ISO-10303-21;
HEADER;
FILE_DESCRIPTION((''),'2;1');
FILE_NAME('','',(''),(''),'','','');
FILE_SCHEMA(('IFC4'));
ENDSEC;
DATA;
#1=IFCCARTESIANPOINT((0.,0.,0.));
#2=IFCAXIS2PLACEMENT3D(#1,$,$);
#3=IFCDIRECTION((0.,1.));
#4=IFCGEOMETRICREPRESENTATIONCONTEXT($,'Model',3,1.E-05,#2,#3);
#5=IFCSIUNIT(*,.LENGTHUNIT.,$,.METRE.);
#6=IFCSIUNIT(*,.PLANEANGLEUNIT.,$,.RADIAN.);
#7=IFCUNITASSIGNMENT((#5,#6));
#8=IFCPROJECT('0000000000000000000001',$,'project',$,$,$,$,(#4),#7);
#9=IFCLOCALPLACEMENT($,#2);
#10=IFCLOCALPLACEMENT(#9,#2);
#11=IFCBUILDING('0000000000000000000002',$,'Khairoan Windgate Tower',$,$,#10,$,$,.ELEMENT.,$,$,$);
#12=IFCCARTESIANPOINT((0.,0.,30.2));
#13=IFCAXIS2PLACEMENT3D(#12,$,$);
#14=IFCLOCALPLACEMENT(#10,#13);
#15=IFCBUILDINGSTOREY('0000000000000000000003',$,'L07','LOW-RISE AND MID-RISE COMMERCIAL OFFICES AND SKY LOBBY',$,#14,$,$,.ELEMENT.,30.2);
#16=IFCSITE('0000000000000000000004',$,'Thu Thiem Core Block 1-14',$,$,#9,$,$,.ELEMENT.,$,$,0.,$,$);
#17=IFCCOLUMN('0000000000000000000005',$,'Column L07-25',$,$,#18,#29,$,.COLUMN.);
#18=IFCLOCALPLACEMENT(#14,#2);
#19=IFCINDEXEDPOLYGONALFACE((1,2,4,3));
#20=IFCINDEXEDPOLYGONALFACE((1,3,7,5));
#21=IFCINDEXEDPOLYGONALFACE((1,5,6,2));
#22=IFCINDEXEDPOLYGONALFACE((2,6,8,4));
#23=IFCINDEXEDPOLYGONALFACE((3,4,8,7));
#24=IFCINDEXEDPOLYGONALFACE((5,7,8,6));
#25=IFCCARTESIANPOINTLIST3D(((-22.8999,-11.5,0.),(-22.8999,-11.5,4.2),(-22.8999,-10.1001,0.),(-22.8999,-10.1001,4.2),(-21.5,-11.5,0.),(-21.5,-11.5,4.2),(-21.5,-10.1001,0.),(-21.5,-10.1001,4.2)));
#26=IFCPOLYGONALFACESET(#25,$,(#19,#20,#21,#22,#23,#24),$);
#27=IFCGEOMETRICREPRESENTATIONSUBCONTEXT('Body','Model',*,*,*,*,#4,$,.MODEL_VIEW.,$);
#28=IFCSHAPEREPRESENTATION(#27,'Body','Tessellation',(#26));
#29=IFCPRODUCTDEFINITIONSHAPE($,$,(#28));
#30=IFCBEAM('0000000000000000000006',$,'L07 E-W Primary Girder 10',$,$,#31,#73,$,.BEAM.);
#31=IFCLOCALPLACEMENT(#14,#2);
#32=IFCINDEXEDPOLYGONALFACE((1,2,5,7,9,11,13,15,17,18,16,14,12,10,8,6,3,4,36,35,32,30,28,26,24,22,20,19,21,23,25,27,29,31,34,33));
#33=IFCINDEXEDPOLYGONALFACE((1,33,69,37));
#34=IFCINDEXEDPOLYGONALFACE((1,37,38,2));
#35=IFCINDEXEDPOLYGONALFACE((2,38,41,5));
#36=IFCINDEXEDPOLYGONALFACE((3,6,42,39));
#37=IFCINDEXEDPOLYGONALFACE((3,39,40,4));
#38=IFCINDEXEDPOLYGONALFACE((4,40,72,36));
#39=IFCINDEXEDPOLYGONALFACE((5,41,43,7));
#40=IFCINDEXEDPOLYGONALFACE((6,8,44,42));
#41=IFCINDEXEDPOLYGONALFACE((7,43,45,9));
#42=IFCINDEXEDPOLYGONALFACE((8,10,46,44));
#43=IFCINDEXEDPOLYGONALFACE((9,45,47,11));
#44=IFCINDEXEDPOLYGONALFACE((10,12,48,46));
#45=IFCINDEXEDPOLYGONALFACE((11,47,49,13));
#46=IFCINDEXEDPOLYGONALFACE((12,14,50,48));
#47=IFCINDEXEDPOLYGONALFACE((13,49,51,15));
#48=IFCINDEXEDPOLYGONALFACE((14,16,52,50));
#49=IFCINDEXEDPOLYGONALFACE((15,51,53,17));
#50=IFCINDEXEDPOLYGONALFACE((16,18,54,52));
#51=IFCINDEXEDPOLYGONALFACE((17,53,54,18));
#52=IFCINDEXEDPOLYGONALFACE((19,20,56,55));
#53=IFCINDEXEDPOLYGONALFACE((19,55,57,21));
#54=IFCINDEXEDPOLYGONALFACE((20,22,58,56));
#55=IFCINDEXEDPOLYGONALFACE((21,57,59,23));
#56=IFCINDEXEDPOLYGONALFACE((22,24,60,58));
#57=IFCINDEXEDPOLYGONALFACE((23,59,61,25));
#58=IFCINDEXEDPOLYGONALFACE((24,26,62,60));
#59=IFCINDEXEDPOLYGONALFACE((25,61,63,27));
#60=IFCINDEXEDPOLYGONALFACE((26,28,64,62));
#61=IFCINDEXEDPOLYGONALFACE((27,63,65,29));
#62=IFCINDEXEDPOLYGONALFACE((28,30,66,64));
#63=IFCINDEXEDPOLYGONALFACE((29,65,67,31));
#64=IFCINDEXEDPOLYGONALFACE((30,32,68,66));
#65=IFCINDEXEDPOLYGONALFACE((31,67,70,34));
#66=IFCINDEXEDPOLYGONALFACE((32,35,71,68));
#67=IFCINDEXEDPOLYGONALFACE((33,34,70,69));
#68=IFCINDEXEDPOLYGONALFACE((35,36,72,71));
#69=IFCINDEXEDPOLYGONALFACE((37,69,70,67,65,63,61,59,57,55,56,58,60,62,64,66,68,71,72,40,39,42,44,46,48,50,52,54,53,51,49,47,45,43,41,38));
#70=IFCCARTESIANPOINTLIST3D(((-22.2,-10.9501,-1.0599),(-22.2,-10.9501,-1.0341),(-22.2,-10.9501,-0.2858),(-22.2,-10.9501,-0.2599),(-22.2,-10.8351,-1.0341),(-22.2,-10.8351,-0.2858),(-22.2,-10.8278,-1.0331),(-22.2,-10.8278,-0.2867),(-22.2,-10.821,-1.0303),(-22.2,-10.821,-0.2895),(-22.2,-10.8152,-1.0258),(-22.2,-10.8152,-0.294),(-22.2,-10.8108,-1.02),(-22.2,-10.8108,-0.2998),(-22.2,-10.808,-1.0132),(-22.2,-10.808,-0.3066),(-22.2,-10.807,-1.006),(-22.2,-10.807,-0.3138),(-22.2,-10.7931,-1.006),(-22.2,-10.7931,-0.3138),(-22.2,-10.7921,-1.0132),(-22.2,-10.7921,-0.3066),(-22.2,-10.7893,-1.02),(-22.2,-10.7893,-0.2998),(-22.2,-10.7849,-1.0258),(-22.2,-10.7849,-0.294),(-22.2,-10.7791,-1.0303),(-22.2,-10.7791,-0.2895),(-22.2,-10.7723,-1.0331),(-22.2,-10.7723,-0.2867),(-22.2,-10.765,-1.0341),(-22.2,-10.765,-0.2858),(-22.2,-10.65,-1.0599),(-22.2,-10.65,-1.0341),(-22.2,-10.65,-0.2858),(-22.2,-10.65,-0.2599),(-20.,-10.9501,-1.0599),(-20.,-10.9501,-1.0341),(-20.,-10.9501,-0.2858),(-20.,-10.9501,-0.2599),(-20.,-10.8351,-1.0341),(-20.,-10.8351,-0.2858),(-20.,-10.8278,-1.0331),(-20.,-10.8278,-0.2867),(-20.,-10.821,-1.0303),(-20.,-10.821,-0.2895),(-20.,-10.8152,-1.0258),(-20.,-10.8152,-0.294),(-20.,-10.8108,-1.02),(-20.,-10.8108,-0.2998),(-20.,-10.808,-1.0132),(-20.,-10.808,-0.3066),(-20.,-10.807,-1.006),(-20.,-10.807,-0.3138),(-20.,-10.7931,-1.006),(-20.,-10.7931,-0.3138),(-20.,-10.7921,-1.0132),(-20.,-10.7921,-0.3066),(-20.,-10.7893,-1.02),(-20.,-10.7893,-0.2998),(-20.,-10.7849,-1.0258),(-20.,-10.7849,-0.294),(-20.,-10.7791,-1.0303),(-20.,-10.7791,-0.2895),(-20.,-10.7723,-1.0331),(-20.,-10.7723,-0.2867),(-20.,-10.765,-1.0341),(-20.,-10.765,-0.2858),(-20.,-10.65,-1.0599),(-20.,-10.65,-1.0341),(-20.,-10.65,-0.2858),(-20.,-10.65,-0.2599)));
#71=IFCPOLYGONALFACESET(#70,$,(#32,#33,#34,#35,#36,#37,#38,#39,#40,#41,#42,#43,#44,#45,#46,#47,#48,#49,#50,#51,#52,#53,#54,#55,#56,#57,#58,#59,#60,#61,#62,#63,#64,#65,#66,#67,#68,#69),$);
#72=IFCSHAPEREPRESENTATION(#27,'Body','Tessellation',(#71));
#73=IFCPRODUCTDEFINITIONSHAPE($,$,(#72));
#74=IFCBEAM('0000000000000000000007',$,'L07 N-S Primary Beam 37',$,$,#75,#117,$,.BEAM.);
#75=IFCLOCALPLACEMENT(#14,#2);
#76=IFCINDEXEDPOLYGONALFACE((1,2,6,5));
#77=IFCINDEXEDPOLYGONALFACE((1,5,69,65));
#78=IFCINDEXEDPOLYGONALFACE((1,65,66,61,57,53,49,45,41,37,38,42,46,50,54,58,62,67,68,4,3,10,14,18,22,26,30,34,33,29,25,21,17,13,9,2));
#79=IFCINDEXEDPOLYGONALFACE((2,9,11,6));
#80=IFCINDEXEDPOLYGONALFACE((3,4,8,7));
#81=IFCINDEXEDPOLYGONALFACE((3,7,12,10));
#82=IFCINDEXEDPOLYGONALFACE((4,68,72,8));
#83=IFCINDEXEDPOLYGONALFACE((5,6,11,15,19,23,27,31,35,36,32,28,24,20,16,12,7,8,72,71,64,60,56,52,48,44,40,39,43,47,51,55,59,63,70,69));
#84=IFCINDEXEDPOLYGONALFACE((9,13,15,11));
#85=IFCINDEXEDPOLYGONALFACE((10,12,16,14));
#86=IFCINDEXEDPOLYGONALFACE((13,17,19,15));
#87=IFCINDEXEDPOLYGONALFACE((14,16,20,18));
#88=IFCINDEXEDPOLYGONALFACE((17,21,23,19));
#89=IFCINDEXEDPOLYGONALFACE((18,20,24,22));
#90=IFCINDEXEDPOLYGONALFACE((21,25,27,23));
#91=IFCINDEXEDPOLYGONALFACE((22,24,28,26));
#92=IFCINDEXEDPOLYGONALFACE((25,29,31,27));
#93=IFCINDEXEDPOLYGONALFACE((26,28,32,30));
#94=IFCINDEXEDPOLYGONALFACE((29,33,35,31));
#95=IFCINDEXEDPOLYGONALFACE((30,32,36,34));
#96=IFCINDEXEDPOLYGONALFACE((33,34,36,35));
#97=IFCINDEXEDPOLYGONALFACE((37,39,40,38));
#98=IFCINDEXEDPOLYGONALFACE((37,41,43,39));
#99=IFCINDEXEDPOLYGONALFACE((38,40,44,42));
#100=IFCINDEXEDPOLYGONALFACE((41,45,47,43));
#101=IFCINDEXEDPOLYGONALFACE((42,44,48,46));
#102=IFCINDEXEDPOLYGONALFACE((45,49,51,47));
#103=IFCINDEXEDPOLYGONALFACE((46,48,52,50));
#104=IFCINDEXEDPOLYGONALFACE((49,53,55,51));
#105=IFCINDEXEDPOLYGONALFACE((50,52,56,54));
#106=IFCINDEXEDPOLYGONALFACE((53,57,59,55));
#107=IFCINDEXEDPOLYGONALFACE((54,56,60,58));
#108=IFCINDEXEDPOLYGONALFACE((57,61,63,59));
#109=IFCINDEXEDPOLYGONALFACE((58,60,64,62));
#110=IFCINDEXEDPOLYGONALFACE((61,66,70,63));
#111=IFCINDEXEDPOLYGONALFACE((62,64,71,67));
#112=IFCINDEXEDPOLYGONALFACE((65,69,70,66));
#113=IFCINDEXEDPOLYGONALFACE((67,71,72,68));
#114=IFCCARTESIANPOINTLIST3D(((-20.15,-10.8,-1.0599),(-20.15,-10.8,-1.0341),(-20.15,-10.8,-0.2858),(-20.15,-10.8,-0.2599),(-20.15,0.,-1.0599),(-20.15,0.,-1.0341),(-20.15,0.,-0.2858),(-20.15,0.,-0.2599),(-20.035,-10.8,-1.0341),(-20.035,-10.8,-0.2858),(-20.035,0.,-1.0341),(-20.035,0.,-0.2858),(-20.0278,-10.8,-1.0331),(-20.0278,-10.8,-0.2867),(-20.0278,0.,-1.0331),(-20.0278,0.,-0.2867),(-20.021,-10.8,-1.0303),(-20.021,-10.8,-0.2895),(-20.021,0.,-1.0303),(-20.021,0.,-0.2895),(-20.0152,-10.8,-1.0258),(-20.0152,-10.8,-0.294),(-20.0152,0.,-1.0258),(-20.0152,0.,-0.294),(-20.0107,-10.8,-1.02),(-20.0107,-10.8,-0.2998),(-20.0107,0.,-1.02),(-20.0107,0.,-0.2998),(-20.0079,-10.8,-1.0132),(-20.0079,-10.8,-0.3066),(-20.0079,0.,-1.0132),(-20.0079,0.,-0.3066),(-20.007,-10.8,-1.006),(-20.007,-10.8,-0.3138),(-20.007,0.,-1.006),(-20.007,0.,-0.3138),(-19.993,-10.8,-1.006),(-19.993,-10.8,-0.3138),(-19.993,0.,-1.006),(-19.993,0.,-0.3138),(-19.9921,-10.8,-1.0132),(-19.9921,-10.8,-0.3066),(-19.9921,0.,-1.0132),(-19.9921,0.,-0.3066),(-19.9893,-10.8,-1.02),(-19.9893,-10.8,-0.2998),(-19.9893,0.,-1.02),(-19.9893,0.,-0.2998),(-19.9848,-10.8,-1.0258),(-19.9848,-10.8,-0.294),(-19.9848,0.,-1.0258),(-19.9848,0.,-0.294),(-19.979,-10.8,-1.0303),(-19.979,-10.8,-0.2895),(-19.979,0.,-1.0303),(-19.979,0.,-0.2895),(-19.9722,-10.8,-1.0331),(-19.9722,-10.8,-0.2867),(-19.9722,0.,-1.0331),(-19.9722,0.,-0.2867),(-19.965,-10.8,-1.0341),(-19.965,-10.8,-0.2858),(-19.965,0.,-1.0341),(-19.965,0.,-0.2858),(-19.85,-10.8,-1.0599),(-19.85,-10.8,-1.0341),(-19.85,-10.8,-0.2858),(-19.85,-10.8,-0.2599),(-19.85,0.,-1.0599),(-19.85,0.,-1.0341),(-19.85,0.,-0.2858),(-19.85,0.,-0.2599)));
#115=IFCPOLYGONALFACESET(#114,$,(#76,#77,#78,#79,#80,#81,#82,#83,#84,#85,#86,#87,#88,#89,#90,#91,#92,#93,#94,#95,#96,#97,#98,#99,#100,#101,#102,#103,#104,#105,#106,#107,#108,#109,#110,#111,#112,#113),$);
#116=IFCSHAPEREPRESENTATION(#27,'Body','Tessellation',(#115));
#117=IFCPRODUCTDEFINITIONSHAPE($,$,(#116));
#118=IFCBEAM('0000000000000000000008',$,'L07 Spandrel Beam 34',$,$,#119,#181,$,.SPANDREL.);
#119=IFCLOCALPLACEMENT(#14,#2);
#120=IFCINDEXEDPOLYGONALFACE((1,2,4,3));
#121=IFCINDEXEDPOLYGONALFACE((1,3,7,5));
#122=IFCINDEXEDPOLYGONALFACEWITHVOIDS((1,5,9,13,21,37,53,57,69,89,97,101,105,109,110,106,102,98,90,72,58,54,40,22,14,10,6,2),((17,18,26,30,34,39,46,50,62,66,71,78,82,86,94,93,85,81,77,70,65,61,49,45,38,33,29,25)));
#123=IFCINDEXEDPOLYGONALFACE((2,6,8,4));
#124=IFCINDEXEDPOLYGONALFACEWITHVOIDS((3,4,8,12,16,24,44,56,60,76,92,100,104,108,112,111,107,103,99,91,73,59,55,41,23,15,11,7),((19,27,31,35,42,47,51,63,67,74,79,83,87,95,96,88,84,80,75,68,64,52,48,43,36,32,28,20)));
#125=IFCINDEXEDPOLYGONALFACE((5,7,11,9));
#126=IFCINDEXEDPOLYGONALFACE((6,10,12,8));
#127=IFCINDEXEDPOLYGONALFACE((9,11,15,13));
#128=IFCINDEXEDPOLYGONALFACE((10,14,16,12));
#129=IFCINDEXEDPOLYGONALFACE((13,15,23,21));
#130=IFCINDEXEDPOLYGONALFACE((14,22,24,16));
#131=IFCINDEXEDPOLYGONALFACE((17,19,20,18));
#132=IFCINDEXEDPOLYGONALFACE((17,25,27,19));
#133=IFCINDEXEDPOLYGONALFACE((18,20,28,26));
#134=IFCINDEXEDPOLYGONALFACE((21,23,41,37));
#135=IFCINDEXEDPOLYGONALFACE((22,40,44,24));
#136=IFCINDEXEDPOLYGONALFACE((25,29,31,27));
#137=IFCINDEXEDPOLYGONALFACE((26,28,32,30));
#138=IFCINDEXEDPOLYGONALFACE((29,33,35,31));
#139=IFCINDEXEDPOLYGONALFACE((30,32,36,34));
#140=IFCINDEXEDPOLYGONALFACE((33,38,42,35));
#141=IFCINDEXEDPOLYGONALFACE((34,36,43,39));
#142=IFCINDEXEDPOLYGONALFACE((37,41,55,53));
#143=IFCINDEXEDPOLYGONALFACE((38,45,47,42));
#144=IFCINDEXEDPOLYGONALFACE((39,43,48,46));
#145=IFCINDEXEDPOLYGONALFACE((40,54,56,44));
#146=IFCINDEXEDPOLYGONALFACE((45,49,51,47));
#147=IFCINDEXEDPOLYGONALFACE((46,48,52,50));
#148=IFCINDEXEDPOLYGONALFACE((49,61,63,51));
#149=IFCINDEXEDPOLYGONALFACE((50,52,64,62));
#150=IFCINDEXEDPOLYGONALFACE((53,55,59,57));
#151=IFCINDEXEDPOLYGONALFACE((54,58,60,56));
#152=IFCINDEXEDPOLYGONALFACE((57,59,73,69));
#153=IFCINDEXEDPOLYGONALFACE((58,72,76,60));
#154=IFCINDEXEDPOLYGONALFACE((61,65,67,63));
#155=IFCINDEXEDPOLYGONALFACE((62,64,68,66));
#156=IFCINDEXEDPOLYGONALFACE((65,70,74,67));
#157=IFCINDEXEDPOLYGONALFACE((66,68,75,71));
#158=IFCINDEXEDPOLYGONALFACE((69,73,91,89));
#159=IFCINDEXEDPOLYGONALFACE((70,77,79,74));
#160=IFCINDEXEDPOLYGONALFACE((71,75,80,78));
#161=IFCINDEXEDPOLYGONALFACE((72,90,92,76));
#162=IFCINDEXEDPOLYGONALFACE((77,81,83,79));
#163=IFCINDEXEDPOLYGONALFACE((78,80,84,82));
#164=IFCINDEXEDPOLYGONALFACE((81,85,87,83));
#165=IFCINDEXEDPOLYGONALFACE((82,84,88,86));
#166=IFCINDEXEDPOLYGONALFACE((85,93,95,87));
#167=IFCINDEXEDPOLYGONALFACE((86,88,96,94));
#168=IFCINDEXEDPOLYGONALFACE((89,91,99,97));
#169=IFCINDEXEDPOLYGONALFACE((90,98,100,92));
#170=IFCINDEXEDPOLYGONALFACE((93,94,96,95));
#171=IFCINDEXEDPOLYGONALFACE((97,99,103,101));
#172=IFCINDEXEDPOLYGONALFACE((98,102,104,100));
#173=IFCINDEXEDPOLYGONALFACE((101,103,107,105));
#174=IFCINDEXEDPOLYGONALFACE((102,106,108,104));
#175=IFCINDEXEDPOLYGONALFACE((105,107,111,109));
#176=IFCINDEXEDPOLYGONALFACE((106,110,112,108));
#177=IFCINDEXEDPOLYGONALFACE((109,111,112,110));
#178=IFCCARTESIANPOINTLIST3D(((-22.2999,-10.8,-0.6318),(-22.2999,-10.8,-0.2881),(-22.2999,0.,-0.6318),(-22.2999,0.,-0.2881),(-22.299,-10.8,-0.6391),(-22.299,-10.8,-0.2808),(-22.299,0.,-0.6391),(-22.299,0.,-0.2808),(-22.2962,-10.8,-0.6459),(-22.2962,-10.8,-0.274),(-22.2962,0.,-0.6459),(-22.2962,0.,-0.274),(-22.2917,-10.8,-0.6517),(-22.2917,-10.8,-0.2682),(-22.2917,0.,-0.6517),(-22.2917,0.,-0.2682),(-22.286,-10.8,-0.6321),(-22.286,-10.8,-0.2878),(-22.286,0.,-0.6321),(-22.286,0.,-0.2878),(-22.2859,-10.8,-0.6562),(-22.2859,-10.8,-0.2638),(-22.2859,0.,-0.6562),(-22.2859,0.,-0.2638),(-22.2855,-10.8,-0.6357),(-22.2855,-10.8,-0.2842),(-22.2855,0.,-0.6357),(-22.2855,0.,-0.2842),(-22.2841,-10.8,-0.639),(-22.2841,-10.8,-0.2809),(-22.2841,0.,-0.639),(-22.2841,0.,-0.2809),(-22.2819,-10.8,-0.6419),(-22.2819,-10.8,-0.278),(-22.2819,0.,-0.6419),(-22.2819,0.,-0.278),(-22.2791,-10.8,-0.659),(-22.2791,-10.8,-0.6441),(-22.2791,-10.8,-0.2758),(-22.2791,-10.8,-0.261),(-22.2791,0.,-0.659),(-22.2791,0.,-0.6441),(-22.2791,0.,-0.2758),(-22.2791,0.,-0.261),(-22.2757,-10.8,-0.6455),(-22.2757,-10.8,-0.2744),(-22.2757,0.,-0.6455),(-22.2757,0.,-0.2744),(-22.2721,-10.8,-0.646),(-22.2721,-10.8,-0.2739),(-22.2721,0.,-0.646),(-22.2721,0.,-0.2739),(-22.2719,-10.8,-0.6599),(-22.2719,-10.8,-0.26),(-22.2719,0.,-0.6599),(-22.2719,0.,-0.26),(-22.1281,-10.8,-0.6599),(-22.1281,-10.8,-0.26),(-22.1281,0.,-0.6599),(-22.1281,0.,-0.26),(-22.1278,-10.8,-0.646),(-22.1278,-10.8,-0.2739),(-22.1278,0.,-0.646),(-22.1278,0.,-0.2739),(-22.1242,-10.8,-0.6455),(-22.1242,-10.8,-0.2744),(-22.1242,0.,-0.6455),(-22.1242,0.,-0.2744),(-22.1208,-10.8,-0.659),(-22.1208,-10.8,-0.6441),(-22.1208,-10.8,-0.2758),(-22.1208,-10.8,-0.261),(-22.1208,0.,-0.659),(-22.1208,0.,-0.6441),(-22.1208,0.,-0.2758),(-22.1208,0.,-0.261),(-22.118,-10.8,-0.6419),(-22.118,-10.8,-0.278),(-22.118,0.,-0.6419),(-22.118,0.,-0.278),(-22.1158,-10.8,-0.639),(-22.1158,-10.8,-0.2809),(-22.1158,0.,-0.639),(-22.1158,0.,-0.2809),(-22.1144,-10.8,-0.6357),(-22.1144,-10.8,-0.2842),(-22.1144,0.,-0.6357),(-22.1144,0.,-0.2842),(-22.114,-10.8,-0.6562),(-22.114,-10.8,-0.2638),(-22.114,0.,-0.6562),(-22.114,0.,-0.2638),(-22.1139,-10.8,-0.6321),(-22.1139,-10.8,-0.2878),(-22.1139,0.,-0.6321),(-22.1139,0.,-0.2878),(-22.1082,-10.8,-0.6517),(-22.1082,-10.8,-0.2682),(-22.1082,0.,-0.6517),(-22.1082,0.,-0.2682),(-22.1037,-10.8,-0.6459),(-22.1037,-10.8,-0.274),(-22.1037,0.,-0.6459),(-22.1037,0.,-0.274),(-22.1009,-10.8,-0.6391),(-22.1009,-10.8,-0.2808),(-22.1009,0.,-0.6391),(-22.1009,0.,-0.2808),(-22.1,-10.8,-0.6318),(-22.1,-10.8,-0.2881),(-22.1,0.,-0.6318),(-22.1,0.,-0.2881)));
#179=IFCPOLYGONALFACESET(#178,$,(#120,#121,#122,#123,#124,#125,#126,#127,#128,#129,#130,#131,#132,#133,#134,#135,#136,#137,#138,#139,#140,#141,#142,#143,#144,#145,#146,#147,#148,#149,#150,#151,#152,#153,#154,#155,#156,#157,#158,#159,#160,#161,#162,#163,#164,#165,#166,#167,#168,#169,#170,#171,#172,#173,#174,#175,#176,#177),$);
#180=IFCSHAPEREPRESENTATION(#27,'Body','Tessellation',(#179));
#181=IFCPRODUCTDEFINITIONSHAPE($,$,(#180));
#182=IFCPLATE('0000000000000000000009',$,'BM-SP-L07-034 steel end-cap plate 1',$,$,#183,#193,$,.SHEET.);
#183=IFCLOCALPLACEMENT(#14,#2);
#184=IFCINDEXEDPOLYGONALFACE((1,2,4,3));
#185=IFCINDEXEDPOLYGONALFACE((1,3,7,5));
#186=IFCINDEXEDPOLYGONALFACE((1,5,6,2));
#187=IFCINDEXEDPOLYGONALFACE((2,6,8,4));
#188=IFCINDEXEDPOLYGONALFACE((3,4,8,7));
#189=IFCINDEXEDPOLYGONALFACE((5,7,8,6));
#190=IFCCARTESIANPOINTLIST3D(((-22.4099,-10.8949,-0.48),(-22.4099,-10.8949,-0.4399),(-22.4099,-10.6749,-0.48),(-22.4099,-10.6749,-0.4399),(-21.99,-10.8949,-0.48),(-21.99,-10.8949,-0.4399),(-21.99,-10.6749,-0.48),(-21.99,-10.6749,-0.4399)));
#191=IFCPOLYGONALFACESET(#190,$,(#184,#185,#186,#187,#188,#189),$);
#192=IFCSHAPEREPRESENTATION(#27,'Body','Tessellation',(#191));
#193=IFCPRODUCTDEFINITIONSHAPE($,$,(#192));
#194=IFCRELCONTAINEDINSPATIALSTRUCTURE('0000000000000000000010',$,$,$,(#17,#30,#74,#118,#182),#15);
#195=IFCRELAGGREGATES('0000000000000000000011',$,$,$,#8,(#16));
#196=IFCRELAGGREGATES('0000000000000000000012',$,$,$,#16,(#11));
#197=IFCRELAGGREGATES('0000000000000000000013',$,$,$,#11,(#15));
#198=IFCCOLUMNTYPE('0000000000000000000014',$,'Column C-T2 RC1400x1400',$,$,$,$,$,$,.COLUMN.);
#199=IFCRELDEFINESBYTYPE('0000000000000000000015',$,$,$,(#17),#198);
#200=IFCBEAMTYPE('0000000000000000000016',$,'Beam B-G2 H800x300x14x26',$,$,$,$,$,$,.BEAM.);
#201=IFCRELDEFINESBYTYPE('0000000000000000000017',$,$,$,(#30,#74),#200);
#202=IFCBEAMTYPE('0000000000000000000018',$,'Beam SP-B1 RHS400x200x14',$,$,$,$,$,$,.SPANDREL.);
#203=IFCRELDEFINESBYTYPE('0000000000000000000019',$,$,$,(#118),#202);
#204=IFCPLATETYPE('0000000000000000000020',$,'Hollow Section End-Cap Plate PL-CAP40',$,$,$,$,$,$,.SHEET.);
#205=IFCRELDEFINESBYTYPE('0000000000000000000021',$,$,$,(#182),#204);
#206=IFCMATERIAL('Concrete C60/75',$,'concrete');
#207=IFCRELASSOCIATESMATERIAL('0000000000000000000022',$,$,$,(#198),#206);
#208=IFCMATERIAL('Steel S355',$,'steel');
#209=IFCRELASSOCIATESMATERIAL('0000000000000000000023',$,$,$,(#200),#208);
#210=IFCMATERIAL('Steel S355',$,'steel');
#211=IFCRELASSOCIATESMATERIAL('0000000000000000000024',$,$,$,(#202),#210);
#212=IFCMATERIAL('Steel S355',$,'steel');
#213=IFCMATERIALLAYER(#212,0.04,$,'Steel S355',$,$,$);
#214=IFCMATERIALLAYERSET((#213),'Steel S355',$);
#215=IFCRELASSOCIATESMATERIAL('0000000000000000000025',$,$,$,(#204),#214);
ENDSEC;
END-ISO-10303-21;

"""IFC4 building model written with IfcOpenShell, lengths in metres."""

from ifc_helpers import new_model, si_unit, direction, frame, origin, origin_2d, place, context, subcontext, project, spatial, rectangle, hollow_rectangle, i_section, extrude, material, layer, layer_set, material_profile, profile_set, type_object, element, save


model = new_model("IFC4")

# Units and contexts
model_context = context("Model", 3, precision=1e-05, world=origin(), true_north=direction((0.0, 1.0)))
body_context = subcontext(model_context, "Body", "Model", "MODEL_VIEW")
ifc_project = project(units=[si_unit("LENGTHUNIT", "METRE"), si_unit("PLANEANGLEUNIT", "RADIAN")], contexts=[model_context])

# Site, building, storey
site_placement = place(None, origin())
site = spatial("IfcSite", under=ifc_project, at=site_placement, Name="Thu Thiem Core Block 1-14", CompositionType="ELEMENT", RefElevation=0.0)
building_placement = place(site_placement, origin())
building = spatial("IfcBuilding", under=site, at=building_placement, Name="Khairoan Windgate Tower", CompositionType="ELEMENT")
storey_placement = place(building_placement, frame((0.0, 0.0, 30.2)))
storey = spatial("IfcBuildingStorey", under=building, at=storey_placement, Name="L07", Description="LOW-RISE AND MID-RISE COMMERCIAL OFFICES AND SKY LOBBY", CompositionType="ELEMENT", Elevation=30.2)

# Column
ifc_material_1 = material(Name="Concrete C60/75", Category="concrete")
ifc_material_profile_1 = material_profile(ifc_material_1, rectangle(XDim=1.3999, YDim=1.3999, at=origin_2d()))
ifc_profile_set_1 = profile_set([ifc_material_profile_1], Name="Concrete C60/75")
column_type = type_object("IfcColumnType", Name="Column C-T2 RC1400x1400", PredefinedType="COLUMN", material=ifc_profile_set_1)
column_placement = place(storey_placement, frame((-22.2, -10.8, 0.0), z_axis=(0.0, 0.0, 1.0), x_axis=(1.0, 0.0, 0.0)))
element("IfcColumn", 1, at=column_placement, inside=storey, type_object=column_type, Name="Column L07-25", PredefinedType="COLUMN", context=body_context, shape_type="SweptSolid", body=[
    extrude(rectangle(XDim=1.3999, YDim=1.3999, at=origin_2d()), origin(), (0.0, 0.0, 1.0), 4.2),
])

# Beams
ifc_material_2 = material(Name="Steel S355", Category="steel")
ifc_material_profile_2 = material_profile(ifc_material_2, i_section(OverallWidth=0.3, OverallDepth=0.8, WebThickness=0.0139, FlangeThickness=0.0259, FilletRadius=0.0281, at=origin_2d()))
ifc_profile_set_2 = profile_set([ifc_material_profile_2], Name="Steel S355")
beam_type_1 = type_object("IfcBeamType", Name="Beam B-G2 H800x300x14x26", PredefinedType="BEAM", material=ifc_profile_set_2)
beam_1_placement = place(storey_placement, frame((-22.2, -10.8, -0.6599), z_axis=(1.0, 0.0, 0.0), x_axis=(0.0, 1.0, 0.0)))
element("IfcBeam", 2, at=beam_1_placement, inside=storey, type_object=beam_type_1, Name="L07 E-W Primary Girder 10", PredefinedType="BEAM", context=body_context, shape_type="SweptSolid", body=[
    extrude(i_section(OverallWidth=0.3, OverallDepth=0.8, WebThickness=0.0139, FlangeThickness=0.0259, FilletRadius=0.0281, at=origin_2d()), origin(), (0.0, 0.0, 1.0), 2.2),
])
beam_2_placement = place(storey_placement, frame((-20.0, -10.8, -0.6599), z_axis=(0.0, 1.0, 0.0), x_axis=(-1.0, 0.0, 0.0)))
element("IfcBeam", 3, at=beam_2_placement, inside=storey, type_object=beam_type_1, Name="L07 N-S Primary Beam 37", PredefinedType="BEAM", context=body_context, shape_type="SweptSolid", body=[
    extrude(i_section(OverallWidth=0.3, OverallDepth=0.8, WebThickness=0.0139, FlangeThickness=0.0259, FilletRadius=0.0281, at=origin_2d()), origin(), (0.0, 0.0, 1.0), 10.8),
])
ifc_material_3 = material(Name="Steel S355", Category="steel")
ifc_material_profile_3 = material_profile(ifc_material_3, hollow_rectangle(XDim=0.2, YDim=0.3999, WallThickness=0.0139, InnerFilletRadius=0.0139, OuterFilletRadius=0.0281, at=origin_2d()))
ifc_profile_set_3 = profile_set([ifc_material_profile_3], Name="Steel S355")
beam_type_2 = type_object("IfcBeamType", Name="Beam SP-B1 RHS400x200x14", PredefinedType="SPANDREL", material=ifc_profile_set_3)
beam_3_placement = place(storey_placement, frame((-22.2, -10.8, -0.46), z_axis=(0.0, 1.0, 0.0), x_axis=(-1.0, 0.0, 0.0)))
element("IfcBeam", 4, at=beam_3_placement, inside=storey, type_object=beam_type_2, Name="L07 Spandrel Beam 34", PredefinedType="SPANDREL", context=body_context, shape_type="SweptSolid", body=[
    extrude(hollow_rectangle(XDim=0.2, YDim=0.3999, WallThickness=0.0139, InnerFilletRadius=0.0139, OuterFilletRadius=0.0281, at=origin_2d()), origin(), (0.0, 0.0, 1.0), 10.8),
])

# Plate
ifc_material_4 = material(Name="Steel S355", Category="steel")
ifc_layer_1 = layer(ifc_material_4, 0.04, Name="Steel S355")
ifc_layer_set_1 = layer_set([ifc_layer_1], Name="Steel S355")
plate_type_1 = type_object("IfcPlateType", Name="Hollow Section End-Cap Plate PL-CAP40", PredefinedType="SHEET", material=ifc_layer_set_1)
plate_1_placement = place(storey_placement, frame((-22.2, -10.7849, -0.48), z_axis=(0.0, 0.0, 1.0), x_axis=(0.0, 1.0, 0.0)))
element("IfcPlate", 5, at=plate_1_placement, inside=storey, type_object=plate_type_1, Name="BM-SP-L07-034 steel end-cap plate 1", PredefinedType="SHEET", context=body_context, shape_type="SweptSolid", body=[
    extrude(rectangle(XDim=0.22, YDim=0.4199, at=origin_2d()), origin(), (0.0, 0.0, 1.0), 0.04),
])

save(model, "model.ifc")
